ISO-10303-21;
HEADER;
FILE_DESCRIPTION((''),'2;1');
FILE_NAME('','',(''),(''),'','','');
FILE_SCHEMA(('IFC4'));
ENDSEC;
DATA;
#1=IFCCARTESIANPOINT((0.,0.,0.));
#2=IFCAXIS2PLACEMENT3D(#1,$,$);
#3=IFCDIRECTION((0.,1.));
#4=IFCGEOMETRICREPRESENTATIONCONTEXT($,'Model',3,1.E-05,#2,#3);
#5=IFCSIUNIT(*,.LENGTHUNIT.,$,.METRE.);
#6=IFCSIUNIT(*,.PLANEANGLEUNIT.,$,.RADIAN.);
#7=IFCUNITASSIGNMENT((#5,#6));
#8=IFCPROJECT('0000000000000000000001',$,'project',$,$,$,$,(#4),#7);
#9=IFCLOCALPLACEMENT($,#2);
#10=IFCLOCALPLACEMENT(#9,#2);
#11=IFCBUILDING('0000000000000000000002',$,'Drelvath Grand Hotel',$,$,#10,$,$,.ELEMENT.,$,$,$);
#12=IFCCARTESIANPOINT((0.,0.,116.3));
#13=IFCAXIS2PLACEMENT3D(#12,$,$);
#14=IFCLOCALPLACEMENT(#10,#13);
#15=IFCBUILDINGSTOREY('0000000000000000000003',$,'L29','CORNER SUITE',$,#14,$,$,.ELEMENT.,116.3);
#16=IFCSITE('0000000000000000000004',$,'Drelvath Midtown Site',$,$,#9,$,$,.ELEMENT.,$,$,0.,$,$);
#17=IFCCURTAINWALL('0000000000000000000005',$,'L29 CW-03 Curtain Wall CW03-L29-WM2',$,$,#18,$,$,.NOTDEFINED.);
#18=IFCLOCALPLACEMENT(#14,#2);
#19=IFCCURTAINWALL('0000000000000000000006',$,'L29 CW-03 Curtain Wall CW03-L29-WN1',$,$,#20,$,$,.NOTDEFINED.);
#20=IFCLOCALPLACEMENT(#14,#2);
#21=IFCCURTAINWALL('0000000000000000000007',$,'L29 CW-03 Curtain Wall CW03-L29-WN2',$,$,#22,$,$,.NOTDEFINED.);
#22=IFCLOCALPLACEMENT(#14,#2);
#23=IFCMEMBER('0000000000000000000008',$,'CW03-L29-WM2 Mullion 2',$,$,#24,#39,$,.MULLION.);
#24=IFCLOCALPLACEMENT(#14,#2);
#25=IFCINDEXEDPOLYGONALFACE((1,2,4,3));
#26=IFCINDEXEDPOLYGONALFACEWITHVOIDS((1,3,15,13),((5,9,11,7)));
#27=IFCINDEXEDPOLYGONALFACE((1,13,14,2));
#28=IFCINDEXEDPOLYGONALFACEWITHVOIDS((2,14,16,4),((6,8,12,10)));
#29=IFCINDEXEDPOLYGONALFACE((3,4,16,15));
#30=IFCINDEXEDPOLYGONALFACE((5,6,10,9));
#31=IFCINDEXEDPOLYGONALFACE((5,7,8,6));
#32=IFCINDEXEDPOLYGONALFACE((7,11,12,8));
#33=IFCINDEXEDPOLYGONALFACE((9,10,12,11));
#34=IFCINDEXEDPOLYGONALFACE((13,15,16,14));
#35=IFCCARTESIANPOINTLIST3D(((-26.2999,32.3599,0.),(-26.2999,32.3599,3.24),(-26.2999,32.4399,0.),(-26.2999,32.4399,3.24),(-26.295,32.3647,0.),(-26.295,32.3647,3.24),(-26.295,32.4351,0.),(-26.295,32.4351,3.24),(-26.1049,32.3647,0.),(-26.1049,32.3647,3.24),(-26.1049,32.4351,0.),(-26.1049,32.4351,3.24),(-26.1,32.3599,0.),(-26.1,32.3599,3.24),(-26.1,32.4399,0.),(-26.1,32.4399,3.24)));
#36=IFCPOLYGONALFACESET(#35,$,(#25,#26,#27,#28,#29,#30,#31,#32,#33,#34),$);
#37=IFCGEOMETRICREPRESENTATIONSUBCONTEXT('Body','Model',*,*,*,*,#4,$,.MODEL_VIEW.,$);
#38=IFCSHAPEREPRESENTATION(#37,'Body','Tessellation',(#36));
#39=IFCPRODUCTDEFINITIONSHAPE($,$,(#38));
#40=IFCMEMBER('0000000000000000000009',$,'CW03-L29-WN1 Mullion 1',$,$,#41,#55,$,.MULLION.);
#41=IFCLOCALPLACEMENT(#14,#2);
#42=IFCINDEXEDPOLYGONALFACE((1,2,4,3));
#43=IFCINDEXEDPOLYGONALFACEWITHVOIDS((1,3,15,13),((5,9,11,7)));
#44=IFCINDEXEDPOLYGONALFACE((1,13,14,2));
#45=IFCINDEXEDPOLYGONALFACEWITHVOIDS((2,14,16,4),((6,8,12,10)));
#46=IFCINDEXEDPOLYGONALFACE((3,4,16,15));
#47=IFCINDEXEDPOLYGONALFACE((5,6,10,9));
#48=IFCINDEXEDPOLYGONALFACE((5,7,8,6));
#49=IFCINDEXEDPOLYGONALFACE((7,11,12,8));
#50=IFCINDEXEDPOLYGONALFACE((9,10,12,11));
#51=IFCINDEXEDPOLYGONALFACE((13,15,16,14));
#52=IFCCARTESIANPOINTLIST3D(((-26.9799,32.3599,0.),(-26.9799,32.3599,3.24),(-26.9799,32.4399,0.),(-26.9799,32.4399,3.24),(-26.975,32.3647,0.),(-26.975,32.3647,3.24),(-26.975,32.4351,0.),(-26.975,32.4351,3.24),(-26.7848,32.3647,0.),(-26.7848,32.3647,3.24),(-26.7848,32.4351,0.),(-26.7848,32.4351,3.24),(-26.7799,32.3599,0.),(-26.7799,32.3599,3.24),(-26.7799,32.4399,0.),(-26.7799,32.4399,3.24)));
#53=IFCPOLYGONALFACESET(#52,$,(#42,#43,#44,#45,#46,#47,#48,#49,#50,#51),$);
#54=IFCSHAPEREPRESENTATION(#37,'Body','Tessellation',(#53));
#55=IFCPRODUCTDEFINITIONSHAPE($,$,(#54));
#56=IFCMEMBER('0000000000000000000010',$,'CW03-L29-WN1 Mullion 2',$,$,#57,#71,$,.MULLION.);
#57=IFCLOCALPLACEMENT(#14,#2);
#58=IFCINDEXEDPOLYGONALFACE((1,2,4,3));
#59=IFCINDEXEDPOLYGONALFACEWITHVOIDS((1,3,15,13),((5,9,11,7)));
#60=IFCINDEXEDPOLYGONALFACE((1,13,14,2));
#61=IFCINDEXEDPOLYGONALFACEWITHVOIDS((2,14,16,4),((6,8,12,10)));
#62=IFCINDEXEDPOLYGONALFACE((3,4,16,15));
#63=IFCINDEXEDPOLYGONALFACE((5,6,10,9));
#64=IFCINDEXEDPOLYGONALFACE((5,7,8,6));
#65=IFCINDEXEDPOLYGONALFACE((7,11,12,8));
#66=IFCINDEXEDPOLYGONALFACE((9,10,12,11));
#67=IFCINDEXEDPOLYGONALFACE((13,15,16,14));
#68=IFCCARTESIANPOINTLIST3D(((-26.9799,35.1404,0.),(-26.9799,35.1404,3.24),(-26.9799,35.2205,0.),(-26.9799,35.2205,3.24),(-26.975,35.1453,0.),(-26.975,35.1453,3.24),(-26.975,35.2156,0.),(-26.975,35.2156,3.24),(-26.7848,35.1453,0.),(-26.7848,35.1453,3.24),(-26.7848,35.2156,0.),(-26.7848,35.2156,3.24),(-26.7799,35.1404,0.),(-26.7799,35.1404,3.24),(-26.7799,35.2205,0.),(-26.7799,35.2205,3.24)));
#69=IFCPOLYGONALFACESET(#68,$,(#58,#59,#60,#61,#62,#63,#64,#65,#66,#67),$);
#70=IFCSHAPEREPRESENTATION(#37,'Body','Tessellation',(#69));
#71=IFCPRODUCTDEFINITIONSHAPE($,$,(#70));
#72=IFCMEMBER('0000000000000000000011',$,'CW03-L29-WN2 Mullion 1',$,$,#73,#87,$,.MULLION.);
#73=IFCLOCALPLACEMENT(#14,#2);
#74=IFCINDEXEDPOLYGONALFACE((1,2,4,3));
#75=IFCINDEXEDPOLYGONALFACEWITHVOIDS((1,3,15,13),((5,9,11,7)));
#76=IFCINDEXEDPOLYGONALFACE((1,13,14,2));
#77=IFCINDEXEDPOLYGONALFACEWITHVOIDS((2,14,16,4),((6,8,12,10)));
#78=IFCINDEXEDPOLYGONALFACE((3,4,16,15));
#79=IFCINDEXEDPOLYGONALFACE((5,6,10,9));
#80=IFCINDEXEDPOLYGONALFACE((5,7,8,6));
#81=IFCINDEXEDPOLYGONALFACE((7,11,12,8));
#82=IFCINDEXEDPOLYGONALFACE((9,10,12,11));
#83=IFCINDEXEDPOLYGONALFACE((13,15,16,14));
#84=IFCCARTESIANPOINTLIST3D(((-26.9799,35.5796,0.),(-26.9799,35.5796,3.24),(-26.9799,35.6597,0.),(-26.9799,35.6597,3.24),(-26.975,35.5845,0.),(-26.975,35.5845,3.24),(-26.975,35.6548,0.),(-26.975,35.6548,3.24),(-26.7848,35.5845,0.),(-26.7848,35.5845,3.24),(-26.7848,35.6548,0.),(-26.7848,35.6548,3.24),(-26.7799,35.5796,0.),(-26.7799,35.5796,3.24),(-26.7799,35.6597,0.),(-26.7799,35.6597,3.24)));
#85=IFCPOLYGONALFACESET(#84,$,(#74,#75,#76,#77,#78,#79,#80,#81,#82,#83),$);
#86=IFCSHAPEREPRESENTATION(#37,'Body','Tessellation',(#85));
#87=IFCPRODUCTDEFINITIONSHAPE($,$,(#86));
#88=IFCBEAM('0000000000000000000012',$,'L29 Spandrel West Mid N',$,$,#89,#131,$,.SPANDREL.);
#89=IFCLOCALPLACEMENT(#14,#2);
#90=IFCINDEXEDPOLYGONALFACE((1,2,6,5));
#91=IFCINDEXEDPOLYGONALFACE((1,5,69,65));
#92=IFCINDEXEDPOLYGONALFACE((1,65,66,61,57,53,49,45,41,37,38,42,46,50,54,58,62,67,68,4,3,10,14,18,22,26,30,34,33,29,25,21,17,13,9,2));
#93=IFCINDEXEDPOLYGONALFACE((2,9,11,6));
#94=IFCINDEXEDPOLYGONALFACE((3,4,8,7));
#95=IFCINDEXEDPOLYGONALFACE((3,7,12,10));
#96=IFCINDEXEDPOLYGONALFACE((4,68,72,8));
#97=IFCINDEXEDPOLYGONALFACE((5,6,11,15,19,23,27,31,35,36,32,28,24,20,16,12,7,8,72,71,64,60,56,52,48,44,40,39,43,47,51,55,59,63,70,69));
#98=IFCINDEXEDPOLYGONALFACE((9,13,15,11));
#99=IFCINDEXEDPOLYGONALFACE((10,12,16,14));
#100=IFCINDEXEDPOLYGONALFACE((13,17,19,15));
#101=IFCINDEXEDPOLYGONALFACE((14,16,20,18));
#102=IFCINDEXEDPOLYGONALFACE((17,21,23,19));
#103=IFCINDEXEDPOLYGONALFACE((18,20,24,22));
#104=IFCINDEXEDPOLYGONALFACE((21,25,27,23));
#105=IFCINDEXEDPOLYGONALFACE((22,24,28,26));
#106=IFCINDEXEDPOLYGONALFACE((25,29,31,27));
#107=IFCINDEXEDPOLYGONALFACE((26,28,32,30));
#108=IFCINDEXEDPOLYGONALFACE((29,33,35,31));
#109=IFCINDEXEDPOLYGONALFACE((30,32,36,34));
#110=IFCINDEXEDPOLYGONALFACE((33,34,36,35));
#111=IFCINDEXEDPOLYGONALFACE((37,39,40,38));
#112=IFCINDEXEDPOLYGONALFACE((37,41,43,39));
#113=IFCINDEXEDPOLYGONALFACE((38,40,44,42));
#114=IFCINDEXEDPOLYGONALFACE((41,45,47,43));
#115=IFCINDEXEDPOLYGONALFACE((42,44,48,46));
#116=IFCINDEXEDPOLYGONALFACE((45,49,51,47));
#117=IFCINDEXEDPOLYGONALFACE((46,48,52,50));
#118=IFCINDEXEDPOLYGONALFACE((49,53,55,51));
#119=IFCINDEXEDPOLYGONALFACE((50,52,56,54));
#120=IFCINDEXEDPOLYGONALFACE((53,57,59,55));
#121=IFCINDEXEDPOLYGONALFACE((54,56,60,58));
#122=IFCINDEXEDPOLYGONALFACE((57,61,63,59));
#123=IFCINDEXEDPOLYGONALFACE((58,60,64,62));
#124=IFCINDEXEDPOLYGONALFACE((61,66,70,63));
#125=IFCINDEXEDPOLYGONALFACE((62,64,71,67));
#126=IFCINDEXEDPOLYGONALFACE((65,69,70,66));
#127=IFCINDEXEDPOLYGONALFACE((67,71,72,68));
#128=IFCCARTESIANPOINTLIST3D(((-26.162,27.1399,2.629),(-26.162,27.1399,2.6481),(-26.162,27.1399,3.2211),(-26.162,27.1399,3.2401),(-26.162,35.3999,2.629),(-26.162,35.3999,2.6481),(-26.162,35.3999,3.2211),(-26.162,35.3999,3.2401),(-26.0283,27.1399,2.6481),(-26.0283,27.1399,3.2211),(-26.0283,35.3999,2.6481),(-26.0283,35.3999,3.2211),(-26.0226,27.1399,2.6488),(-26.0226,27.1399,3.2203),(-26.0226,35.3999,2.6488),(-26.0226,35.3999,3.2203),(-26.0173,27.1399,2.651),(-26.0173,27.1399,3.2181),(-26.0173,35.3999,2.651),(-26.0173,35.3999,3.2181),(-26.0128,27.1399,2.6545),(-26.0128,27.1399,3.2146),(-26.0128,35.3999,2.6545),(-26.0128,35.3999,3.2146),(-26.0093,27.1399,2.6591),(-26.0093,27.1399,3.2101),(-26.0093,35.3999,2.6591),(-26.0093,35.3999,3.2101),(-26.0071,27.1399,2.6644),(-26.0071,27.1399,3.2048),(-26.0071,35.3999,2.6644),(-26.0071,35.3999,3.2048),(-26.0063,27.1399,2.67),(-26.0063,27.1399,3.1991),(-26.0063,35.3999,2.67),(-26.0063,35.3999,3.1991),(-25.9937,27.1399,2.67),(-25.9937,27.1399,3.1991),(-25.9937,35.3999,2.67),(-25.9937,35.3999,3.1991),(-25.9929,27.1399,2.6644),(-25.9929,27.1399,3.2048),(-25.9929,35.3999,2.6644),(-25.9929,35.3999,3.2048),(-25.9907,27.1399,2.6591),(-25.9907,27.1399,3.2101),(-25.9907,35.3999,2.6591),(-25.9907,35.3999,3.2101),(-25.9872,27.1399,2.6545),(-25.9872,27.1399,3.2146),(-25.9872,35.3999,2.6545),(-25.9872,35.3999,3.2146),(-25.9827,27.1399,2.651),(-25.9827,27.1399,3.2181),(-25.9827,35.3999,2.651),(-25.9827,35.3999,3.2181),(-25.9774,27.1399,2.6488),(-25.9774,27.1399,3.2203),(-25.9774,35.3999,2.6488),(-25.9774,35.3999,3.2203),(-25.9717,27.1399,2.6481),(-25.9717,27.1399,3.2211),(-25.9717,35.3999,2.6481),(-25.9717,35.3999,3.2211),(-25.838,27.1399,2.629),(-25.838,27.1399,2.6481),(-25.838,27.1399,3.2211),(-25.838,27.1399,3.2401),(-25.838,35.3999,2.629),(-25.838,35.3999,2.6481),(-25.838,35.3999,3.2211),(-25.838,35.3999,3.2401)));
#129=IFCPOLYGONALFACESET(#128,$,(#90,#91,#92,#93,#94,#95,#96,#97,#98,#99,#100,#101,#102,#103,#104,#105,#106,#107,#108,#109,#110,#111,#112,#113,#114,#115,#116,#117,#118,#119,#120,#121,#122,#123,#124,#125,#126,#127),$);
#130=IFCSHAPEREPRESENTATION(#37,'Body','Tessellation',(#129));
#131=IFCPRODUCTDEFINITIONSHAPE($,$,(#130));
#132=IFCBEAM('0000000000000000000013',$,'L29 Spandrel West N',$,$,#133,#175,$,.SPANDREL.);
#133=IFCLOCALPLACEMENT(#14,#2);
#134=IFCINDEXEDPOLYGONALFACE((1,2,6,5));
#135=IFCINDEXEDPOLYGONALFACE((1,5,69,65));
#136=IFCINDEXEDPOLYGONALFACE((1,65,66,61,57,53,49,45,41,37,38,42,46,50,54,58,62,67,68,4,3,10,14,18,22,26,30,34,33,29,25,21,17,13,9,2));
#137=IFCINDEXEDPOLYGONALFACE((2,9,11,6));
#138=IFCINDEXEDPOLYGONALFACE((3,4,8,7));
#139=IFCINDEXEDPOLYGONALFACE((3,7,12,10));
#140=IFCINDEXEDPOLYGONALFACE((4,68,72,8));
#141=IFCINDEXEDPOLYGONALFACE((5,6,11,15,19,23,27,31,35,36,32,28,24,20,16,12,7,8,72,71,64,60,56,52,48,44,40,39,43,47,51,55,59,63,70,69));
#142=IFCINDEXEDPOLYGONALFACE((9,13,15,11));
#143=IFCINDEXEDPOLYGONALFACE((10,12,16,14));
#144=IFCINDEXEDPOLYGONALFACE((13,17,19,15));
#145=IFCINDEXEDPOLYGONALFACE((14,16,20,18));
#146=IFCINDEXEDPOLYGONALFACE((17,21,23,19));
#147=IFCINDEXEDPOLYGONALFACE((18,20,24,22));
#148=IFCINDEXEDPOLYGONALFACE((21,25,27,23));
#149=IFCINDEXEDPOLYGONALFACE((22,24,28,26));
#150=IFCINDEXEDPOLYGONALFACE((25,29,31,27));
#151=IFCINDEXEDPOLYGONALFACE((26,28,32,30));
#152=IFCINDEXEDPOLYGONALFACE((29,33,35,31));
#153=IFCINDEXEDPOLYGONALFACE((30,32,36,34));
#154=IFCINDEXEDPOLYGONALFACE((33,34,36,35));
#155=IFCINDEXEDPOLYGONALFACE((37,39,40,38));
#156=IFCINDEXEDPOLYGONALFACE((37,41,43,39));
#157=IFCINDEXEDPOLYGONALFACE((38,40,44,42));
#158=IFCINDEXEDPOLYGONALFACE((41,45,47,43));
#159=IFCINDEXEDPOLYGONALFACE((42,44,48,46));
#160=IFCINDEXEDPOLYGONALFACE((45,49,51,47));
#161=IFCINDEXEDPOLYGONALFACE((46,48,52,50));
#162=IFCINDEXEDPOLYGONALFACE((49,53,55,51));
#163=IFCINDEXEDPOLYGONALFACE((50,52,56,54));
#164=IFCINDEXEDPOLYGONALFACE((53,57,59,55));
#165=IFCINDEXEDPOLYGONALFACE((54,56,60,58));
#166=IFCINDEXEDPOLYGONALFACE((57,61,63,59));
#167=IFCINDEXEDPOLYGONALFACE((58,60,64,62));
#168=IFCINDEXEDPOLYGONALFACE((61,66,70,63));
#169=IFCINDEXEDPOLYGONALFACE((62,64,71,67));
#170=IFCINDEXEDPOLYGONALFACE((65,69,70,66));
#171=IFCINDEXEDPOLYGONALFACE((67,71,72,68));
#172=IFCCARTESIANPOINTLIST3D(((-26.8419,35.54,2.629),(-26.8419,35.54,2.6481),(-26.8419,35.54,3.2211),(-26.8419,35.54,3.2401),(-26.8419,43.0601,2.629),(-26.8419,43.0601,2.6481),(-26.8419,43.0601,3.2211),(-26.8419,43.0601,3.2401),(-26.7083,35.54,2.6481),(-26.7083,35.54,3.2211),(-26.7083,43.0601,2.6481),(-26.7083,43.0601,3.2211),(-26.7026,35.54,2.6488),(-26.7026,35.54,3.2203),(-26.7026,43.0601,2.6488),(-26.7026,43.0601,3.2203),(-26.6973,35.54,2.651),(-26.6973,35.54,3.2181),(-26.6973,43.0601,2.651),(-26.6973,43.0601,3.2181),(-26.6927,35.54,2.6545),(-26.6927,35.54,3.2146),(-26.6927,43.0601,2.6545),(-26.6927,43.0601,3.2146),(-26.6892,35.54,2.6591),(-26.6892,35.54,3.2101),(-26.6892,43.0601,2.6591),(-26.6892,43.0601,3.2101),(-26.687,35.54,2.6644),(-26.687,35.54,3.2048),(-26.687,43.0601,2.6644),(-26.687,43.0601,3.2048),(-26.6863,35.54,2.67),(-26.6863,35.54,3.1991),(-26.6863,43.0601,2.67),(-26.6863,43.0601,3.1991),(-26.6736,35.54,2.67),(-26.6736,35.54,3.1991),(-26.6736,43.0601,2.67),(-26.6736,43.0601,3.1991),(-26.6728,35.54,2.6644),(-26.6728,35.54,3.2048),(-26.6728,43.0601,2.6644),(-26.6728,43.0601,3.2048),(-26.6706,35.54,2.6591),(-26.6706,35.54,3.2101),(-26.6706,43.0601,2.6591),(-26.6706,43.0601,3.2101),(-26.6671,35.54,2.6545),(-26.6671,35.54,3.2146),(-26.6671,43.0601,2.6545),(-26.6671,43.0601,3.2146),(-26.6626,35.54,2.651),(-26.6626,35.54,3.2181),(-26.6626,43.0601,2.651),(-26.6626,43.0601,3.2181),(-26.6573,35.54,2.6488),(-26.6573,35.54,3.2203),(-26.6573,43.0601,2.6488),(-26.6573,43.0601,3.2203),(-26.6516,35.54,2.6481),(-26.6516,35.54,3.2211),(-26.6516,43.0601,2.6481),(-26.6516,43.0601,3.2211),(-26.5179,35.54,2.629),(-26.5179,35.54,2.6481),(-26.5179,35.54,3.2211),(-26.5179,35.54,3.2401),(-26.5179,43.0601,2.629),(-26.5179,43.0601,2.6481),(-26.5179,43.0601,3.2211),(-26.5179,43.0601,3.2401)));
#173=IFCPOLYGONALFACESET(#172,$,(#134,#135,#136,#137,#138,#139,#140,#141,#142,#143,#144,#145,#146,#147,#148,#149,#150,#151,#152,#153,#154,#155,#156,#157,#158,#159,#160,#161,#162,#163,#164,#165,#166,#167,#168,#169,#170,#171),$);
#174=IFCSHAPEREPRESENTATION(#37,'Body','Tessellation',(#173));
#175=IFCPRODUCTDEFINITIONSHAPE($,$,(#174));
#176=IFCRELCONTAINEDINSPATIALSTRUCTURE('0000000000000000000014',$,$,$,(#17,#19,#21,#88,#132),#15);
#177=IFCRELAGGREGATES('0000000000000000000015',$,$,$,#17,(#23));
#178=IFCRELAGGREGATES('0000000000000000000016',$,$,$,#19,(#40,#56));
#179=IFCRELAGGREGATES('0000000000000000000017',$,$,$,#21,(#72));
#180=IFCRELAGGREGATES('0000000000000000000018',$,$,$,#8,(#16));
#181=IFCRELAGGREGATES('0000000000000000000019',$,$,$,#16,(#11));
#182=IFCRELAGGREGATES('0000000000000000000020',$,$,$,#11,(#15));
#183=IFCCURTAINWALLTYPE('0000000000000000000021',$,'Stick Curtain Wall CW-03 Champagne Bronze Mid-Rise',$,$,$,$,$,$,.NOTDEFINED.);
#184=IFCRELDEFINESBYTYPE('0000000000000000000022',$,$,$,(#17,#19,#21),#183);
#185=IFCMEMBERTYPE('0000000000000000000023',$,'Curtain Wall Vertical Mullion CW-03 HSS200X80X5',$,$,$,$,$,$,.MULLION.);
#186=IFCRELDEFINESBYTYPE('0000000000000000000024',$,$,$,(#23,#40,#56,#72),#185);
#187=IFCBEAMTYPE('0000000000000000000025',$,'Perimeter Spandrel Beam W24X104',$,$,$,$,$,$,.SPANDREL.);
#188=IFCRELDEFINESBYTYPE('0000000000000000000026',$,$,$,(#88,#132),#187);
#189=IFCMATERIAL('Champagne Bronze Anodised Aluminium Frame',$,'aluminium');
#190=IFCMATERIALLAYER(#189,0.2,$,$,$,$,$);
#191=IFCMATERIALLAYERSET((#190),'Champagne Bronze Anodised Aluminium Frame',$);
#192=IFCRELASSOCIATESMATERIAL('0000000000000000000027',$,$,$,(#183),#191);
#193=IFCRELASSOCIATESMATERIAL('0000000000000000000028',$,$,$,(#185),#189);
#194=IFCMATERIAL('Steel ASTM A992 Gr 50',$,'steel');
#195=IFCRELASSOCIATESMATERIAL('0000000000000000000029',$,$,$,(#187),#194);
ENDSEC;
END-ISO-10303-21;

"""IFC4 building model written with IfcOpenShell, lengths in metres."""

from ifc_helpers import new_model, si_unit, direction, frame, origin, origin_2d, place, context, subcontext, project, spatial, hollow_rectangle, i_section, extrude, material, layer, layer_set, material_profile, profile_set, type_object, element, aggregate, save


model = new_model("IFC4")

# Units and contexts
model_context = context("Model", 3, precision=1e-05, world=origin(), true_north=direction((0.0, 1.0)))
body_context = subcontext(model_context, "Body", "Model", "MODEL_VIEW")
ifc_project = project(units=[si_unit("LENGTHUNIT", "METRE"), si_unit("PLANEANGLEUNIT", "RADIAN")], contexts=[model_context])

# Site, building, storey
site_placement = place(None, origin())
site = spatial("IfcSite", under=ifc_project, at=site_placement, Name="Drelvath Midtown Site", CompositionType="ELEMENT", RefElevation=0.0)
building_placement = place(site_placement, origin())
building = spatial("IfcBuilding", under=site, at=building_placement, Name="Drelvath Grand Hotel", CompositionType="ELEMENT")
storey_placement = place(building_placement, frame((0.0, 0.0, 116.3)))
storey = spatial("IfcBuildingStorey", under=building, at=storey_placement, Name="L29", Description="CORNER SUITE", CompositionType="ELEMENT", Elevation=116.3)

# Curtain walls
ifc_material_1 = material(Name="Champagne Bronze Anodised Aluminium Frame", Category="aluminium")
ifc_layer_1 = layer(ifc_material_1, 0.2)
ifc_layer_set_1 = layer_set([ifc_layer_1], Name="Champagne Bronze Anodised Aluminium Frame")
curtain_wall_type = type_object("IfcCurtainWallType", Name="Stick Curtain Wall CW-03 Champagne Bronze Mid-Rise", PredefinedType="NOTDEFINED", material=ifc_layer_set_1)
curtain_wall_1_placement = place(storey_placement, origin())
curtain_wall_1 = element("IfcCurtainWall", 1, at=curtain_wall_1_placement, inside=storey, type_object=curtain_wall_type, Name="L29 CW-03 Curtain Wall CW03-L29-WM2", PredefinedType="NOTDEFINED")
curtain_wall_2_placement = place(storey_placement, origin())
curtain_wall_2 = element("IfcCurtainWall", 2, at=curtain_wall_2_placement, inside=storey, type_object=curtain_wall_type, Name="L29 CW-03 Curtain Wall CW03-L29-WN1", PredefinedType="NOTDEFINED")
curtain_wall_3_placement = place(storey_placement, origin())
curtain_wall_3 = element("IfcCurtainWall", 3, at=curtain_wall_3_placement, inside=storey, type_object=curtain_wall_type, Name="L29 CW-03 Curtain Wall CW03-L29-WN2", PredefinedType="NOTDEFINED")
ifc_material_profile_1 = material_profile(ifc_material_1, hollow_rectangle(XDim=0.0801, YDim=0.2, WallThickness=0.0049, at=origin_2d()), Name="HSS200X80X5")
ifc_profile_set_1 = profile_set([ifc_material_profile_1], Name="Champagne Bronze Anodised Aluminium Frame")
member_type_1 = type_object("IfcMemberType", Name="Curtain Wall Vertical Mullion CW-03 HSS200X80X5", PredefinedType="MULLION", material=ifc_profile_set_1)

# Members
member_1_placement = place(storey_placement, frame((-26.2, 32.3999, 0.0), z_axis=(0.0, 0.0, 1.0), x_axis=(0.0, 1.0, 0.0)))
member_1 = element("IfcMember", 4, at=member_1_placement, type_object=member_type_1, Name="CW03-L29-WM2 Mullion 2", PredefinedType="MULLION", context=body_context, shape_type="SweptSolid", body=[
    extrude(hollow_rectangle(XDim=0.0801, YDim=0.2, WallThickness=0.0049, at=origin_2d()), origin(), (0.0, 0.0, 1.0), 3.24),
])
member_2_placement = place(storey_placement, frame((-26.8799, 32.3999, 0.0), z_axis=(0.0, 0.0, 1.0), x_axis=(0.0, 1.0, 0.0)))
member_2 = element("IfcMember", 5, at=member_2_placement, type_object=member_type_1, Name="CW03-L29-WN1 Mullion 1", PredefinedType="MULLION", context=body_context, shape_type="SweptSolid", body=[
    extrude(hollow_rectangle(XDim=0.0801, YDim=0.2, WallThickness=0.0049, at=origin_2d()), origin(), (0.0, 0.0, 1.0), 3.24),
])
member_3_placement = place(storey_placement, frame((-26.8799, 35.1804, 0.0), z_axis=(0.0, 0.0, 1.0), x_axis=(0.0, 1.0, 0.0)))
member_3 = element("IfcMember", 6, at=member_3_placement, type_object=member_type_1, Name="CW03-L29-WN1 Mullion 2", PredefinedType="MULLION", context=body_context, shape_type="SweptSolid", body=[
    extrude(hollow_rectangle(XDim=0.0801, YDim=0.2, WallThickness=0.0049, at=origin_2d()), origin(), (0.0, 0.0, 1.0), 3.24),
])
member_4_placement = place(storey_placement, frame((-26.8799, 35.6196, 0.0), z_axis=(0.0, 0.0, 1.0), x_axis=(0.0, 1.0, 0.0)))
member_4 = element("IfcMember", 7, at=member_4_placement, type_object=member_type_1, Name="CW03-L29-WN2 Mullion 1", PredefinedType="MULLION", context=body_context, shape_type="SweptSolid", body=[
    extrude(hollow_rectangle(XDim=0.0801, YDim=0.2, WallThickness=0.0049, at=origin_2d()), origin(), (0.0, 0.0, 1.0), 3.24),
])

# Beams
ifc_material_2 = material(Name="Steel ASTM A992 Gr 50", Category="steel")
ifc_material_profile_2 = material_profile(ifc_material_2, i_section(OverallWidth=0.324, OverallDepth=0.6111, WebThickness=0.0127, FlangeThickness=0.019, FilletRadius=0.022, at=origin_2d()), Name="W24X104")
ifc_profile_set_2 = profile_set([ifc_material_profile_2], Name="Steel ASTM A992 Gr 50")
beam_type_1 = type_object("IfcBeamType", Name="Perimeter Spandrel Beam W24X104", PredefinedType="SPANDREL", material=ifc_profile_set_2)
beam_1_placement = place(storey_placement, frame((-26.0, 27.1399, 2.9346), z_axis=(0.0, 1.0, 0.0), x_axis=(-1.0, 0.0, 0.0)))
element("IfcBeam", 8, at=beam_1_placement, inside=storey, type_object=beam_type_1, Name="L29 Spandrel West Mid N", PredefinedType="SPANDREL", context=body_context, shape_type="SweptSolid", body=[
    extrude(i_section(OverallWidth=0.324, OverallDepth=0.6111, WebThickness=0.0127, FlangeThickness=0.019, FilletRadius=0.022, at=origin_2d()), origin(), (0.0, 0.0, 1.0), 8.26),
])
beam_2_placement = place(storey_placement, frame((-26.6799, 35.54, 2.9346), z_axis=(0.0, 1.0, 0.0), x_axis=(-1.0, 0.0, 0.0)))
element("IfcBeam", 9, at=beam_2_placement, inside=storey, type_object=beam_type_1, Name="L29 Spandrel West N", PredefinedType="SPANDREL", context=body_context, shape_type="SweptSolid", body=[
    extrude(i_section(OverallWidth=0.324, OverallDepth=0.6111, WebThickness=0.0127, FlangeThickness=0.019, FilletRadius=0.022, at=origin_2d()), origin(), (0.0, 0.0, 1.0), 7.52),
])

aggregate(curtain_wall_1, [member_1])
aggregate(curtain_wall_2, [member_2, member_3])
aggregate(curtain_wall_3, [member_4])

save(model, "model.ifc")
